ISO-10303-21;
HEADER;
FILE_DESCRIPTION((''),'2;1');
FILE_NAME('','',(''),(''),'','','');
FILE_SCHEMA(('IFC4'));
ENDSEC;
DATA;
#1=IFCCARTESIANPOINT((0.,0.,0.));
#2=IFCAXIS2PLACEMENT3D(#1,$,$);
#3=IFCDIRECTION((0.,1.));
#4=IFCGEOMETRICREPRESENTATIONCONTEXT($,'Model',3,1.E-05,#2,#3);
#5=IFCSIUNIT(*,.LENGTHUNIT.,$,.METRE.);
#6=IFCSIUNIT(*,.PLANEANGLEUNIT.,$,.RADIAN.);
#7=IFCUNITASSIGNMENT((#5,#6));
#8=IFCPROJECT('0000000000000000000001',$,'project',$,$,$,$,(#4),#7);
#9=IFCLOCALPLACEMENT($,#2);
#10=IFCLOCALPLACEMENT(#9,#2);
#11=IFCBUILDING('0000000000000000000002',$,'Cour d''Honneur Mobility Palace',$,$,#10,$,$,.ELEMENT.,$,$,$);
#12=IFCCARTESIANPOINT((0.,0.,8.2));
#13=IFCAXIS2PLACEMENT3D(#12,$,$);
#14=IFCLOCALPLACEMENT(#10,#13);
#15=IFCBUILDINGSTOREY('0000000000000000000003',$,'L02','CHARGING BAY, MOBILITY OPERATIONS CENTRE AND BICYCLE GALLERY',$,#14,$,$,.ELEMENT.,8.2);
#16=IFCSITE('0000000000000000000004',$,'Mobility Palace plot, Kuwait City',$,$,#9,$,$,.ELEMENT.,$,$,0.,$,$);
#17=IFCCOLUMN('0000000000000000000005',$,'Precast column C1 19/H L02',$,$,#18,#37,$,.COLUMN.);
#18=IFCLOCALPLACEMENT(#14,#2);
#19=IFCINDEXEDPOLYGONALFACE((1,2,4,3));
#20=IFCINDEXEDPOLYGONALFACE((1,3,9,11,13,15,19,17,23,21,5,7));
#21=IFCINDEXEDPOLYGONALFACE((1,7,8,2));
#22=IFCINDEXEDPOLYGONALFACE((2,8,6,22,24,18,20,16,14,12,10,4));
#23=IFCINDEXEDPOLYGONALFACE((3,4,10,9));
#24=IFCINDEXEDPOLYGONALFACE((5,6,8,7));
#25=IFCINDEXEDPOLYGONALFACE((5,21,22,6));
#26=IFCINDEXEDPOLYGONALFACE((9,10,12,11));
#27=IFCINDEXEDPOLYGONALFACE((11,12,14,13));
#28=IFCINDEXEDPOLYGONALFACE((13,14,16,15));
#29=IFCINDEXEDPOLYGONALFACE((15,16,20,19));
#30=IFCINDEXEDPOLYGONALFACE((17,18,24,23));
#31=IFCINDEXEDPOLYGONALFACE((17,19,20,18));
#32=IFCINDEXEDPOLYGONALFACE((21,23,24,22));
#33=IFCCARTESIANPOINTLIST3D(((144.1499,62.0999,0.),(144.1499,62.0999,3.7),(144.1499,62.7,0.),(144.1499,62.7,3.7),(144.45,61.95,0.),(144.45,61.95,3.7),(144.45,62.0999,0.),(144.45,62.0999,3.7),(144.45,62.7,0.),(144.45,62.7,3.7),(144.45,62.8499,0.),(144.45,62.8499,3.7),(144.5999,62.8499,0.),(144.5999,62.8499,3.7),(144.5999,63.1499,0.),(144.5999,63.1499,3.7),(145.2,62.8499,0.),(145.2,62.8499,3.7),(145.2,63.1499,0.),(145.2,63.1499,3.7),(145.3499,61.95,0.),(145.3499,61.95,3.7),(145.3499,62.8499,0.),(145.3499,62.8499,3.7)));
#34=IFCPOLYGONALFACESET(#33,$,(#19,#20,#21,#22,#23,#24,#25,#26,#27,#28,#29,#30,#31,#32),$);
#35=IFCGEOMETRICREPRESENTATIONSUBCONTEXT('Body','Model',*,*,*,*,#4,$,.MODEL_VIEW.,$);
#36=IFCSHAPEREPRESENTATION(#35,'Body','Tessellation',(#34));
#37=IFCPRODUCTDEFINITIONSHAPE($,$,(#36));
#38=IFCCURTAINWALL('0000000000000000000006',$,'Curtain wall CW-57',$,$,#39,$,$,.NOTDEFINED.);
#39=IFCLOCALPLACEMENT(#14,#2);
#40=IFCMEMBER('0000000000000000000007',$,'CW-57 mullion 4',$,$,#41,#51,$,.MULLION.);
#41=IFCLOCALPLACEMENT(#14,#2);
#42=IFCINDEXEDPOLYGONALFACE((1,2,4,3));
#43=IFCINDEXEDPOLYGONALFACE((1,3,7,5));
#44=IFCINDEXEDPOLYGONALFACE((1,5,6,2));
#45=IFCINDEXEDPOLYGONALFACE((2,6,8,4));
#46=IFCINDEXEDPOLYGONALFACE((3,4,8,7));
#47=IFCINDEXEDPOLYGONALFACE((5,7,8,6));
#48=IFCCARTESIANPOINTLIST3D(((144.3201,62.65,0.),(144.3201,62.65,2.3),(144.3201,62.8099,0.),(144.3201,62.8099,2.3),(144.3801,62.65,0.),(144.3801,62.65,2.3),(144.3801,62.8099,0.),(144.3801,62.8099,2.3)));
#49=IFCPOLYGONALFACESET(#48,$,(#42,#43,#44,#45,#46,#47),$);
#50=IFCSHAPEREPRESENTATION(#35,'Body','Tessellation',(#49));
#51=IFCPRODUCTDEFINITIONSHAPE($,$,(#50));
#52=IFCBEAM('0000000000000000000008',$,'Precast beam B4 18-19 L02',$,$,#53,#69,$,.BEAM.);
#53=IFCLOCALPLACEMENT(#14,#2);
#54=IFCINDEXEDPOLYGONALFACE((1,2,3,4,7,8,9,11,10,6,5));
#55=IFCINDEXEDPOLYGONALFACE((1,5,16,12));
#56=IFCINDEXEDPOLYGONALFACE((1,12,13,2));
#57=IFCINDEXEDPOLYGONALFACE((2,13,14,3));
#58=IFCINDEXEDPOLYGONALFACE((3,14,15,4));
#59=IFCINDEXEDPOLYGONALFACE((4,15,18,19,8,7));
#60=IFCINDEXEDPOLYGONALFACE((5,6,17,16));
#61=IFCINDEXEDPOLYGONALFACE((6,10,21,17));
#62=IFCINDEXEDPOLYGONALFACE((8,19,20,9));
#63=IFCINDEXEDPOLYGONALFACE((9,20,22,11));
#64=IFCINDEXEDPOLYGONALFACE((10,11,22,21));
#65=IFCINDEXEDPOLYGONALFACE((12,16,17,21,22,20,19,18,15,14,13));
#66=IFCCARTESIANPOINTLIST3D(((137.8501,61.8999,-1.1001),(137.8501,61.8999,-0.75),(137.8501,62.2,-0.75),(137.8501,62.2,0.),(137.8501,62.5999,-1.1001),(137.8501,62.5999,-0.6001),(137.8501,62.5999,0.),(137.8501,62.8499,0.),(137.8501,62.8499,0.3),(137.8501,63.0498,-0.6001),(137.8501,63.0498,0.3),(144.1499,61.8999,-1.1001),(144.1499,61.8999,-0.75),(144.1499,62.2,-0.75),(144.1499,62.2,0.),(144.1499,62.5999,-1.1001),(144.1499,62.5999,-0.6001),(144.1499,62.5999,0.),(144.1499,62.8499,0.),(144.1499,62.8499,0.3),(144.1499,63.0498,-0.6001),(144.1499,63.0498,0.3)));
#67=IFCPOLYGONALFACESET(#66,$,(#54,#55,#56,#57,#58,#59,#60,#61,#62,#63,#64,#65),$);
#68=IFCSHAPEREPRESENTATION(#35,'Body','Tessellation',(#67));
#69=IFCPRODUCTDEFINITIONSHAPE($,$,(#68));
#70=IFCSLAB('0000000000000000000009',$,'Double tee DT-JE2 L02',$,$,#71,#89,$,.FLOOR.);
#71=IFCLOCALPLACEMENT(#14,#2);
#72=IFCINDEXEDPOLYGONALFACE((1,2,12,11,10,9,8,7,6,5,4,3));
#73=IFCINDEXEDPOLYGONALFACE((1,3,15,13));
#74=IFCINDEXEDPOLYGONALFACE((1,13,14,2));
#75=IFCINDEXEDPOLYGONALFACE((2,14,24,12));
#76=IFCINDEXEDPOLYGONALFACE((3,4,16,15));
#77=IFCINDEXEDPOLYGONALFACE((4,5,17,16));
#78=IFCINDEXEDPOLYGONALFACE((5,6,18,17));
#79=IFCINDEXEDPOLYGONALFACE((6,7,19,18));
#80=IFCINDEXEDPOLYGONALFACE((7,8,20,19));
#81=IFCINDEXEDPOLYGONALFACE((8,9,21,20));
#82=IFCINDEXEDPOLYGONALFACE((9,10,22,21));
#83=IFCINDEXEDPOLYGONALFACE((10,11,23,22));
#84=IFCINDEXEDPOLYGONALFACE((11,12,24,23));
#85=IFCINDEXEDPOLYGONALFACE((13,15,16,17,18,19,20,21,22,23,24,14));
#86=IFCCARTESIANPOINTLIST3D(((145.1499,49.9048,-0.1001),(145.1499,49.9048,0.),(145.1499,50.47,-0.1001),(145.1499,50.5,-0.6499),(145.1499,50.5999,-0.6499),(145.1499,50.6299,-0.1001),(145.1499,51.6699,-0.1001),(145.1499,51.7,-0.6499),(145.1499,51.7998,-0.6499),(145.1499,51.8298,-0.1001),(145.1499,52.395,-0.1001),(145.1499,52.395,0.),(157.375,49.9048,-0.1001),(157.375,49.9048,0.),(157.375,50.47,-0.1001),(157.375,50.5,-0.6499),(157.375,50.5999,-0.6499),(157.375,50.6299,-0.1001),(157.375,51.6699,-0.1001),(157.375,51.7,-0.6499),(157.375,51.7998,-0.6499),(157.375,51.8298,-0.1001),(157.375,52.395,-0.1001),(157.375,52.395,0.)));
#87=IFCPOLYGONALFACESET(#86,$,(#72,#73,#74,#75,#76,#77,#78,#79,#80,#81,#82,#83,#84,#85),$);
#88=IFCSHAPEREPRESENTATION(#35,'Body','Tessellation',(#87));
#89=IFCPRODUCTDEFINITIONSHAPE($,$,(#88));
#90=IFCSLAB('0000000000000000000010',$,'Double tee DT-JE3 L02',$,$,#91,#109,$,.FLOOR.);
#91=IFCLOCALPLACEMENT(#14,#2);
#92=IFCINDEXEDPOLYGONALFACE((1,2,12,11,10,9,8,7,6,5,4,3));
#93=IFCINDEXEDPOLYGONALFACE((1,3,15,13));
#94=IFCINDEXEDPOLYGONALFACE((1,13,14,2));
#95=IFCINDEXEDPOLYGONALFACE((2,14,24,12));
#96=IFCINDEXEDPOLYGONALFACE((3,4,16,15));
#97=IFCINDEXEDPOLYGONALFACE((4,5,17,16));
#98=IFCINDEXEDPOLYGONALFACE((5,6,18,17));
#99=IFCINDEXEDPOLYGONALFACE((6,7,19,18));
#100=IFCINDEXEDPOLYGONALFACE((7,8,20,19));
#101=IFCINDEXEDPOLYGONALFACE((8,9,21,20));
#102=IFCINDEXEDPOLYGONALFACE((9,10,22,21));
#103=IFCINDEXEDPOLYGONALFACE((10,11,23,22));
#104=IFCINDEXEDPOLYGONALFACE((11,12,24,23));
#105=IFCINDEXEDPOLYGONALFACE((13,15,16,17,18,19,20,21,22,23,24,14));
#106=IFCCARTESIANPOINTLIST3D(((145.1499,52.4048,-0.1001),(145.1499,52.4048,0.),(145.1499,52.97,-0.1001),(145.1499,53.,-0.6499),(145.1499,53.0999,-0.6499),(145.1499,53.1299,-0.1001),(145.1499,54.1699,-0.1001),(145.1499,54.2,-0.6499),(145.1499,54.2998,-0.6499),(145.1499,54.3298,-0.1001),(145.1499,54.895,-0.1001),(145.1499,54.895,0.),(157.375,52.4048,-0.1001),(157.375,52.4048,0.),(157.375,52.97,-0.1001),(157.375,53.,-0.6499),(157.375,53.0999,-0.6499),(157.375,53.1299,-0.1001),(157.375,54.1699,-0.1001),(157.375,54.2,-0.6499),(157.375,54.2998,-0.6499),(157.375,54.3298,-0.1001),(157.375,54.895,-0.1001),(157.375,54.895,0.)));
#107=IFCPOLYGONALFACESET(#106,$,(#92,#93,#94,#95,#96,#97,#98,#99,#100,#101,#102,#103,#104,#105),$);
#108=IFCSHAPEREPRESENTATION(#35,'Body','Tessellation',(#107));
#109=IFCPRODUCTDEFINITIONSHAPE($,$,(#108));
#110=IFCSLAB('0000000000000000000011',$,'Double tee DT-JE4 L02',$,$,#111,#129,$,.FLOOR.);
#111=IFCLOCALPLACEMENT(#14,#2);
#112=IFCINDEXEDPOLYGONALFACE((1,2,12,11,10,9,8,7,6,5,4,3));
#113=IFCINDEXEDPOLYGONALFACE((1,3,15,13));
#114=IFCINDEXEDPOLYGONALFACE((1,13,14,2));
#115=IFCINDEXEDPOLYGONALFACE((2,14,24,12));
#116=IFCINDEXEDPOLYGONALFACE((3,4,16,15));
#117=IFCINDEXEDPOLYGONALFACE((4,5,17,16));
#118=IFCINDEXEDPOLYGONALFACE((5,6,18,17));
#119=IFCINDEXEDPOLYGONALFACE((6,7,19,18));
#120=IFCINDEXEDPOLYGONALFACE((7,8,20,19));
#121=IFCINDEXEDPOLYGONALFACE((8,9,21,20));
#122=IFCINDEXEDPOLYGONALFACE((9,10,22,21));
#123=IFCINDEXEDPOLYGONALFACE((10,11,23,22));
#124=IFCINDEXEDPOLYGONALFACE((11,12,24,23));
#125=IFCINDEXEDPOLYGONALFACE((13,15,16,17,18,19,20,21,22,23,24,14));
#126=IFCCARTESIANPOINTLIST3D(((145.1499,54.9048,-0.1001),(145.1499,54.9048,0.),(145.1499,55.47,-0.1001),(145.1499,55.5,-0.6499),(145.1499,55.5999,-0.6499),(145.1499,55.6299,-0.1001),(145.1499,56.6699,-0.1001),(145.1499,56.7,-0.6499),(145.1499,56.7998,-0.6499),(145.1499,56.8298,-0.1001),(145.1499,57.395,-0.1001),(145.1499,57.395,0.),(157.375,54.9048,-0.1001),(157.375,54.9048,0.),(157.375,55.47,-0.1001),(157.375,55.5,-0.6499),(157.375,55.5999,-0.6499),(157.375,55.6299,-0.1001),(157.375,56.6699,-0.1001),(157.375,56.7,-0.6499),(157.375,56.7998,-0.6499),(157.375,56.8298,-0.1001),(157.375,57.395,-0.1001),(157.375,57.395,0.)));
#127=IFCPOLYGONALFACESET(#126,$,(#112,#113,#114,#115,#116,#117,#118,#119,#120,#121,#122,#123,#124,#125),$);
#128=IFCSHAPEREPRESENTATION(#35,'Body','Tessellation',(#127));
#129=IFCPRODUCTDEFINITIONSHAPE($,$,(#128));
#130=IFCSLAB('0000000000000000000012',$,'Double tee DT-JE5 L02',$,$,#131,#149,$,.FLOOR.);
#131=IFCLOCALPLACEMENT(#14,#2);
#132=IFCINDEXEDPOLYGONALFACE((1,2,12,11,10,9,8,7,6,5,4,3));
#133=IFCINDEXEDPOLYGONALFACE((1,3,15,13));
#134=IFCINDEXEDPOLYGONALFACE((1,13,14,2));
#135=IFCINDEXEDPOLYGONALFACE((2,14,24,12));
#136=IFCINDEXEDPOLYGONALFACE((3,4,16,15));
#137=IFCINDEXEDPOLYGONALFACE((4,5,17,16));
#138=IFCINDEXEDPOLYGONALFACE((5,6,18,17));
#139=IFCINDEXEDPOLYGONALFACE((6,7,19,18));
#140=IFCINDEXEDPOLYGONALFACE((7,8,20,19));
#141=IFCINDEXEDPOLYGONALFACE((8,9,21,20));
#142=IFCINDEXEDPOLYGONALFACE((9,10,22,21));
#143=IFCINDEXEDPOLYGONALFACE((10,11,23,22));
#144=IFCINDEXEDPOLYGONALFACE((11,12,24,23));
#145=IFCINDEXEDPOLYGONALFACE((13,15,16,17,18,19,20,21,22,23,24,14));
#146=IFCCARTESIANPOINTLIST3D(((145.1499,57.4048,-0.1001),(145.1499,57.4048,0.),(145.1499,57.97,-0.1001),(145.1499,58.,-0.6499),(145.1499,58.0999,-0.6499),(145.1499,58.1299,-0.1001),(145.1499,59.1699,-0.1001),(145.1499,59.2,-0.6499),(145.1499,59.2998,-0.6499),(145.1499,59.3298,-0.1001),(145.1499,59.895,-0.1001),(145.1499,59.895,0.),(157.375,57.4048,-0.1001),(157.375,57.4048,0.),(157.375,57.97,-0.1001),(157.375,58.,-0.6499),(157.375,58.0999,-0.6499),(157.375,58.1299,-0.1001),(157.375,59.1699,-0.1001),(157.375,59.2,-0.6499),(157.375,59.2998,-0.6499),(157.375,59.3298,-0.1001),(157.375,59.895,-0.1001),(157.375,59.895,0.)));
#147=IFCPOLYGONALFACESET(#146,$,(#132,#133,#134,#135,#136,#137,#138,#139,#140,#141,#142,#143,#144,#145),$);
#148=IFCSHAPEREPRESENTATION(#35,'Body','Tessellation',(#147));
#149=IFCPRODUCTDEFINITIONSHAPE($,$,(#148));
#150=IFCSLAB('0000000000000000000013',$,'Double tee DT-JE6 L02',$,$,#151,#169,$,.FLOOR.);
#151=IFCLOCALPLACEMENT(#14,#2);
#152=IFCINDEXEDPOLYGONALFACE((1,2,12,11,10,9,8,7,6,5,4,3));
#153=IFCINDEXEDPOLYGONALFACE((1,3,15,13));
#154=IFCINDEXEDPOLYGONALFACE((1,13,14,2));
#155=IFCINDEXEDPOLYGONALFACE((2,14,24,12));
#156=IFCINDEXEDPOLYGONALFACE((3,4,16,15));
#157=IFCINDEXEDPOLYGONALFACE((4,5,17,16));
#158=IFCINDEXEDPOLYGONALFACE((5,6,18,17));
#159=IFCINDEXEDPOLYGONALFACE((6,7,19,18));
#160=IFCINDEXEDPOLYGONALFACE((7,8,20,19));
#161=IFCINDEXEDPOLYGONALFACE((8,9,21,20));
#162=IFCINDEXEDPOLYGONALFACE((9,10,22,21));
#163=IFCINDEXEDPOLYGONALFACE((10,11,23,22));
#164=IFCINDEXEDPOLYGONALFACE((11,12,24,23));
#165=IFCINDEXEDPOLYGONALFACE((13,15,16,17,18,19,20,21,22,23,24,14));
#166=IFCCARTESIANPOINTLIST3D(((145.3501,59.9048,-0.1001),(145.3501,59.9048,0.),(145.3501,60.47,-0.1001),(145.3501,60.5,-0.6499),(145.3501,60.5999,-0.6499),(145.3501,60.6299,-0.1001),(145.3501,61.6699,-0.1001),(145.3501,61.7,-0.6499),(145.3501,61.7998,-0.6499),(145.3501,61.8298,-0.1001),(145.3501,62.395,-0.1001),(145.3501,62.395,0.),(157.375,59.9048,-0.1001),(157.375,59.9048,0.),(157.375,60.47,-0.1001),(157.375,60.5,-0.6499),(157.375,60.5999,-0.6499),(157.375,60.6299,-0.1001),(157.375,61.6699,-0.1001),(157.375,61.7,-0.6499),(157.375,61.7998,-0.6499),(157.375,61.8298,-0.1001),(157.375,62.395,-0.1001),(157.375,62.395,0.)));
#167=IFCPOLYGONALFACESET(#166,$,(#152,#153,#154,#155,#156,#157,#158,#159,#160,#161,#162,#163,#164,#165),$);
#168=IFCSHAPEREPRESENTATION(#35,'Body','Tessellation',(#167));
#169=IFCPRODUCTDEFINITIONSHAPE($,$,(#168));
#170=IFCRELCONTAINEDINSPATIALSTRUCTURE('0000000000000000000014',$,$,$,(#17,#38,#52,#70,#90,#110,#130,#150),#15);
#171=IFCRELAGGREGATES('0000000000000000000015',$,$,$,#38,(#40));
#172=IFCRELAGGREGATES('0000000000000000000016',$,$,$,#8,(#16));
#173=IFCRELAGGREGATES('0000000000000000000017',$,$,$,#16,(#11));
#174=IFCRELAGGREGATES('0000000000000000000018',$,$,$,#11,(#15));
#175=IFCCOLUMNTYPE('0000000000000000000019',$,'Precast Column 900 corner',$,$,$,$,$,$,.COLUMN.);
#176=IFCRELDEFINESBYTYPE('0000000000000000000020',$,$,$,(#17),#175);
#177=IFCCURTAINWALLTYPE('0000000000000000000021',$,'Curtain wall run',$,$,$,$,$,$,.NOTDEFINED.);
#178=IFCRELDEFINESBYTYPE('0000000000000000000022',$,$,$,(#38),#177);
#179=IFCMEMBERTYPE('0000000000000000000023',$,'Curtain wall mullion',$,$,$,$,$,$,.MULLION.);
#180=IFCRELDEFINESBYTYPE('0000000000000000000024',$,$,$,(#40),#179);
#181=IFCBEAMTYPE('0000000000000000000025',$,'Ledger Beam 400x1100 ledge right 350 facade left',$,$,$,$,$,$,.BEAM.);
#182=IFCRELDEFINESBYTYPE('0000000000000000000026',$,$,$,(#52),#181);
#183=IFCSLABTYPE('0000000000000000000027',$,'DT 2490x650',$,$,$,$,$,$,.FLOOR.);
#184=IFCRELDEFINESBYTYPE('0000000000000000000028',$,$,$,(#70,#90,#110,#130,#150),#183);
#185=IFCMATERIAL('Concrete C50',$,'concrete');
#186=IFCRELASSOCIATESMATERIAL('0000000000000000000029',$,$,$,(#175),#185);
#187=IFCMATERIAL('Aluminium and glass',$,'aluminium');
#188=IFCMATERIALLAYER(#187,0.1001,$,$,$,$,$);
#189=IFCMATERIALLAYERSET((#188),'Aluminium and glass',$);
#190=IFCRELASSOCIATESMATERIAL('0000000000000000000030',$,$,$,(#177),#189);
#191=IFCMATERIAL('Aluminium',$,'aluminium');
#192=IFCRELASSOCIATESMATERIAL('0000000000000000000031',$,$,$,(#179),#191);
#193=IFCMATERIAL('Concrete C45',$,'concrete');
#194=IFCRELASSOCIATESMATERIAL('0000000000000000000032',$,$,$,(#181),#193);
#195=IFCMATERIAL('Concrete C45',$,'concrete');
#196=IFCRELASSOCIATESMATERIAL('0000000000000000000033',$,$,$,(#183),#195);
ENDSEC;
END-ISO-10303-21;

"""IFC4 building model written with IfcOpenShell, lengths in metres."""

from ifc_helpers import new_model, si_unit, direction, frame, origin, origin_2d, place, context, subcontext, project, spatial, polyline, rectangle, outline, extrude, material, layer, layer_set, material_profile, profile_set, type_object, element, aggregate, save


model = new_model("IFC4")

# Units and contexts
model_context = context("Model", 3, precision=1e-05, world=origin(), true_north=direction((0.0, 1.0)))
body_context = subcontext(model_context, "Body", "Model", "MODEL_VIEW")
ifc_project = project(units=[si_unit("LENGTHUNIT", "METRE"), si_unit("PLANEANGLEUNIT", "RADIAN")], contexts=[model_context])

# Site, building, storey
site_placement = place(None, origin())
site = spatial("IfcSite", under=ifc_project, at=site_placement, Name="Mobility Palace plot, Kuwait City", CompositionType="ELEMENT", RefElevation=0.0)
building_placement = place(site_placement, origin())
building = spatial("IfcBuilding", under=site, at=building_placement, Name="Cour d'Honneur Mobility Palace", CompositionType="ELEMENT")
storey_placement = place(building_placement, frame((0.0, 0.0, 8.2)))
storey = spatial("IfcBuildingStorey", under=building, at=storey_placement, Name="L02", Description="CHARGING BAY, MOBILITY OPERATIONS CENTRE AND BICYCLE GALLERY", CompositionType="ELEMENT", Elevation=8.2)

# Column
ifc_material_1 = material(Name="Concrete C50", Category="concrete")
ifc_material_profile_1 = material_profile(ifc_material_1, outline(polyline([(-0.45, -0.45), (0.45, -0.45), (0.45, -0.3), (0.75, -0.3), (0.75, 0.3), (0.45, 0.3), (0.45, 0.45), (0.3, 0.45), (0.3, 0.75), (-0.3, 0.75), (-0.3, 0.45), (-0.45, 0.45), (-0.45, -0.45)])), Name="PC C900 corner")
ifc_profile_set_1 = profile_set([ifc_material_profile_1], Name="Concrete C50")
column_type = type_object("IfcColumnType", Name="Precast Column 900 corner", PredefinedType="COLUMN", material=ifc_profile_set_1)
column_placement = place(storey_placement, frame((144.8999, 62.3999, 0.0), z_axis=(0.0, 0.0, 1.0), x_axis=(0.0, 1.0, 0.0)))
element("IfcColumn", 1, at=column_placement, inside=storey, type_object=column_type, Name="Precast column C1 19/H L02", PredefinedType="COLUMN", context=body_context, shape_type="SweptSolid", body=[
    extrude(outline(polyline([(-0.45, -0.45), (0.45, -0.45), (0.45, -0.3), (0.75, -0.3), (0.75, 0.3), (0.45, 0.3), (0.45, 0.45), (0.3, 0.45), (0.3, 0.75), (-0.3, 0.75), (-0.3, 0.45), (-0.45, 0.45), (-0.45, -0.45)])), origin(), (0.0, 0.0, 1.0), 3.7),
])

# Curtain wall, member
ifc_material_2 = material(Name="Aluminium and glass", Category="aluminium")
ifc_layer_1 = layer(ifc_material_2, 0.1001)
ifc_layer_set_1 = layer_set([ifc_layer_1], Name="Aluminium and glass")
curtain_wall_type = type_object("IfcCurtainWallType", Name="Curtain wall run", PredefinedType="NOTDEFINED", material=ifc_layer_set_1)
curtain_wall_placement = place(storey_placement, origin())
curtain_wall = element("IfcCurtainWall", 2, at=curtain_wall_placement, inside=storey, type_object=curtain_wall_type, Name="Curtain wall CW-57", PredefinedType="NOTDEFINED")
ifc_material_3 = material(Name="Aluminium", Category="aluminium")
ifc_material_profile_2 = material_profile(ifc_material_3, rectangle(XDim=0.0601, YDim=0.1599, at=origin_2d()), Name="Curtain wall mullion")
ifc_profile_set_2 = profile_set([ifc_material_profile_2], Name="Aluminium")
member_type = type_object("IfcMemberType", Name="Curtain wall mullion", PredefinedType="MULLION", material=ifc_profile_set_2)
member_placement = place(storey_placement, frame((144.3501, 62.73, 0.0), z_axis=(0.0, 0.0, 1.0), x_axis=(1.0, 0.0, 0.0)))
member = element("IfcMember", 3, at=member_placement, type_object=member_type, Name="CW-57 mullion 4", PredefinedType="MULLION", context=body_context, shape_type="SweptSolid", body=[
    extrude(rectangle(XDim=0.0601, YDim=0.1599, at=origin_2d()), origin(), (0.0, 0.0, 1.0), 2.3),
])
aggregate(curtain_wall, [member])

# Beam
ifc_material_4 = material(Name="Concrete C45", Category="concrete")
ifc_material_profile_3 = material_profile(ifc_material_4, outline(polyline([(0.2, -1.1001), (0.2, -0.6001), (0.6499, -0.6001), (0.6499, 0.3), (0.45, 0.3), (0.45, 0.0), (0.2, 0.0), (-0.2, 0.0), (-0.2, -0.75), (-0.5, -0.75), (-0.5, -1.1001), (0.2, -1.1001)])), Name="Ledger Beam 400x1100 ledge right 350 facade left")
ifc_profile_set_3 = profile_set([ifc_material_profile_3], Name="Concrete C45")
beam_type = type_object("IfcBeamType", Name="Ledger Beam 400x1100 ledge right 350 facade left", PredefinedType="BEAM", material=ifc_profile_set_3)
beam_placement = place(storey_placement, frame((137.8501, 62.3999, 0.0), z_axis=(1.0, 0.0, 0.0), x_axis=(0.0, 1.0, 0.0)))
element("IfcBeam", 4, at=beam_placement, inside=storey, type_object=beam_type, Name="Precast beam B4 18-19 L02", PredefinedType="BEAM", context=body_context, shape_type="SweptSolid", body=[
    extrude(outline(polyline([(0.2, -1.1001), (0.2, -0.6001), (0.6499, -0.6001), (0.6499, 0.3), (0.45, 0.3), (0.45, 0.0), (0.2, 0.0), (-0.2, 0.0), (-0.2, -0.75), (-0.5, -0.75), (-0.5, -1.1001), (0.2, -1.1001)])), origin(), (0.0, 0.0, 1.0), 6.2998),
])

# Slabs
ifc_material_5 = material(Name="Concrete C45", Category="concrete")
ifc_material_profile_4 = material_profile(ifc_material_5, outline(polyline([(-1.2451, 0.0), (1.2451, 0.0), (1.2451, -0.1001), (0.6799, -0.1001), (0.6499, -0.6499), (0.55, -0.6499), (0.52, -0.1001), (-0.52, -0.1001), (-0.55, -0.6499), (-0.6499, -0.6499), (-0.6799, -0.1001), (-1.2451, -0.1001), (-1.2451, 0.0)])), Name="DT 2490x650")
ifc_profile_set_4 = profile_set([ifc_material_profile_4], Name="Concrete C45")
slab_type = type_object("IfcSlabType", Name="DT 2490x650", PredefinedType="FLOOR", material=ifc_profile_set_4)
for number, where, z_axis, x_axis, name in (
    (5, (145.1499, 51.1499, 0.0), (1.0, 0.0, 0.0), (0.0, 1.0, 0.0), "Double tee DT-JE2 L02"),
    (6, (145.1499, 53.6499, 0.0), (1.0, 0.0, 0.0), (0.0, 1.0, 0.0), "Double tee DT-JE3 L02"),
    (7, (145.1499, 56.1499, 0.0), (1.0, 0.0, 0.0), (0.0, 1.0, 0.0), "Double tee DT-JE4 L02"),
    (8, (145.1499, 58.6499, 0.0), (1.0, 0.0, 0.0), (0.0, 1.0, 0.0), "Double tee DT-JE5 L02"),
):
    element("IfcSlab", number, at=place(storey_placement, frame(where, z_axis=z_axis, x_axis=x_axis)), inside=storey, type_object=slab_type, Name=name, PredefinedType="FLOOR", context=body_context, shape_type="SweptSolid", body=[
        extrude(outline(polyline([(-1.2451, 0.0), (1.2451, 0.0), (1.2451, -0.1001), (0.6799, -0.1001), (0.6499, -0.6499), (0.55, -0.6499), (0.52, -0.1001), (-0.52, -0.1001), (-0.55, -0.6499), (-0.6499, -0.6499), (-0.6799, -0.1001), (-1.2451, -0.1001), (-1.2451, 0.0)])), origin(), (0.0, 0.0, 1.0), 12.2251),
    ])
slab_placement = place(storey_placement, frame((145.3501, 61.1499, 0.0), z_axis=(1.0, 0.0, 0.0), x_axis=(0.0, 1.0, 0.0)))
element("IfcSlab", 9, at=slab_placement, inside=storey, type_object=slab_type, Name="Double tee DT-JE6 L02", PredefinedType="FLOOR", context=body_context, shape_type="SweptSolid", body=[
    extrude(outline(polyline([(-1.2451, 0.0), (1.2451, 0.0), (1.2451, -0.1001), (0.6799, -0.1001), (0.6499, -0.6499), (0.55, -0.6499), (0.52, -0.1001), (-0.52, -0.1001), (-0.55, -0.6499), (-0.6499, -0.6499), (-0.6799, -0.1001), (-1.2451, -0.1001), (-1.2451, 0.0)])), origin(), (0.0, 0.0, 1.0), 12.0249),
])

save(model, "model.ifc")
